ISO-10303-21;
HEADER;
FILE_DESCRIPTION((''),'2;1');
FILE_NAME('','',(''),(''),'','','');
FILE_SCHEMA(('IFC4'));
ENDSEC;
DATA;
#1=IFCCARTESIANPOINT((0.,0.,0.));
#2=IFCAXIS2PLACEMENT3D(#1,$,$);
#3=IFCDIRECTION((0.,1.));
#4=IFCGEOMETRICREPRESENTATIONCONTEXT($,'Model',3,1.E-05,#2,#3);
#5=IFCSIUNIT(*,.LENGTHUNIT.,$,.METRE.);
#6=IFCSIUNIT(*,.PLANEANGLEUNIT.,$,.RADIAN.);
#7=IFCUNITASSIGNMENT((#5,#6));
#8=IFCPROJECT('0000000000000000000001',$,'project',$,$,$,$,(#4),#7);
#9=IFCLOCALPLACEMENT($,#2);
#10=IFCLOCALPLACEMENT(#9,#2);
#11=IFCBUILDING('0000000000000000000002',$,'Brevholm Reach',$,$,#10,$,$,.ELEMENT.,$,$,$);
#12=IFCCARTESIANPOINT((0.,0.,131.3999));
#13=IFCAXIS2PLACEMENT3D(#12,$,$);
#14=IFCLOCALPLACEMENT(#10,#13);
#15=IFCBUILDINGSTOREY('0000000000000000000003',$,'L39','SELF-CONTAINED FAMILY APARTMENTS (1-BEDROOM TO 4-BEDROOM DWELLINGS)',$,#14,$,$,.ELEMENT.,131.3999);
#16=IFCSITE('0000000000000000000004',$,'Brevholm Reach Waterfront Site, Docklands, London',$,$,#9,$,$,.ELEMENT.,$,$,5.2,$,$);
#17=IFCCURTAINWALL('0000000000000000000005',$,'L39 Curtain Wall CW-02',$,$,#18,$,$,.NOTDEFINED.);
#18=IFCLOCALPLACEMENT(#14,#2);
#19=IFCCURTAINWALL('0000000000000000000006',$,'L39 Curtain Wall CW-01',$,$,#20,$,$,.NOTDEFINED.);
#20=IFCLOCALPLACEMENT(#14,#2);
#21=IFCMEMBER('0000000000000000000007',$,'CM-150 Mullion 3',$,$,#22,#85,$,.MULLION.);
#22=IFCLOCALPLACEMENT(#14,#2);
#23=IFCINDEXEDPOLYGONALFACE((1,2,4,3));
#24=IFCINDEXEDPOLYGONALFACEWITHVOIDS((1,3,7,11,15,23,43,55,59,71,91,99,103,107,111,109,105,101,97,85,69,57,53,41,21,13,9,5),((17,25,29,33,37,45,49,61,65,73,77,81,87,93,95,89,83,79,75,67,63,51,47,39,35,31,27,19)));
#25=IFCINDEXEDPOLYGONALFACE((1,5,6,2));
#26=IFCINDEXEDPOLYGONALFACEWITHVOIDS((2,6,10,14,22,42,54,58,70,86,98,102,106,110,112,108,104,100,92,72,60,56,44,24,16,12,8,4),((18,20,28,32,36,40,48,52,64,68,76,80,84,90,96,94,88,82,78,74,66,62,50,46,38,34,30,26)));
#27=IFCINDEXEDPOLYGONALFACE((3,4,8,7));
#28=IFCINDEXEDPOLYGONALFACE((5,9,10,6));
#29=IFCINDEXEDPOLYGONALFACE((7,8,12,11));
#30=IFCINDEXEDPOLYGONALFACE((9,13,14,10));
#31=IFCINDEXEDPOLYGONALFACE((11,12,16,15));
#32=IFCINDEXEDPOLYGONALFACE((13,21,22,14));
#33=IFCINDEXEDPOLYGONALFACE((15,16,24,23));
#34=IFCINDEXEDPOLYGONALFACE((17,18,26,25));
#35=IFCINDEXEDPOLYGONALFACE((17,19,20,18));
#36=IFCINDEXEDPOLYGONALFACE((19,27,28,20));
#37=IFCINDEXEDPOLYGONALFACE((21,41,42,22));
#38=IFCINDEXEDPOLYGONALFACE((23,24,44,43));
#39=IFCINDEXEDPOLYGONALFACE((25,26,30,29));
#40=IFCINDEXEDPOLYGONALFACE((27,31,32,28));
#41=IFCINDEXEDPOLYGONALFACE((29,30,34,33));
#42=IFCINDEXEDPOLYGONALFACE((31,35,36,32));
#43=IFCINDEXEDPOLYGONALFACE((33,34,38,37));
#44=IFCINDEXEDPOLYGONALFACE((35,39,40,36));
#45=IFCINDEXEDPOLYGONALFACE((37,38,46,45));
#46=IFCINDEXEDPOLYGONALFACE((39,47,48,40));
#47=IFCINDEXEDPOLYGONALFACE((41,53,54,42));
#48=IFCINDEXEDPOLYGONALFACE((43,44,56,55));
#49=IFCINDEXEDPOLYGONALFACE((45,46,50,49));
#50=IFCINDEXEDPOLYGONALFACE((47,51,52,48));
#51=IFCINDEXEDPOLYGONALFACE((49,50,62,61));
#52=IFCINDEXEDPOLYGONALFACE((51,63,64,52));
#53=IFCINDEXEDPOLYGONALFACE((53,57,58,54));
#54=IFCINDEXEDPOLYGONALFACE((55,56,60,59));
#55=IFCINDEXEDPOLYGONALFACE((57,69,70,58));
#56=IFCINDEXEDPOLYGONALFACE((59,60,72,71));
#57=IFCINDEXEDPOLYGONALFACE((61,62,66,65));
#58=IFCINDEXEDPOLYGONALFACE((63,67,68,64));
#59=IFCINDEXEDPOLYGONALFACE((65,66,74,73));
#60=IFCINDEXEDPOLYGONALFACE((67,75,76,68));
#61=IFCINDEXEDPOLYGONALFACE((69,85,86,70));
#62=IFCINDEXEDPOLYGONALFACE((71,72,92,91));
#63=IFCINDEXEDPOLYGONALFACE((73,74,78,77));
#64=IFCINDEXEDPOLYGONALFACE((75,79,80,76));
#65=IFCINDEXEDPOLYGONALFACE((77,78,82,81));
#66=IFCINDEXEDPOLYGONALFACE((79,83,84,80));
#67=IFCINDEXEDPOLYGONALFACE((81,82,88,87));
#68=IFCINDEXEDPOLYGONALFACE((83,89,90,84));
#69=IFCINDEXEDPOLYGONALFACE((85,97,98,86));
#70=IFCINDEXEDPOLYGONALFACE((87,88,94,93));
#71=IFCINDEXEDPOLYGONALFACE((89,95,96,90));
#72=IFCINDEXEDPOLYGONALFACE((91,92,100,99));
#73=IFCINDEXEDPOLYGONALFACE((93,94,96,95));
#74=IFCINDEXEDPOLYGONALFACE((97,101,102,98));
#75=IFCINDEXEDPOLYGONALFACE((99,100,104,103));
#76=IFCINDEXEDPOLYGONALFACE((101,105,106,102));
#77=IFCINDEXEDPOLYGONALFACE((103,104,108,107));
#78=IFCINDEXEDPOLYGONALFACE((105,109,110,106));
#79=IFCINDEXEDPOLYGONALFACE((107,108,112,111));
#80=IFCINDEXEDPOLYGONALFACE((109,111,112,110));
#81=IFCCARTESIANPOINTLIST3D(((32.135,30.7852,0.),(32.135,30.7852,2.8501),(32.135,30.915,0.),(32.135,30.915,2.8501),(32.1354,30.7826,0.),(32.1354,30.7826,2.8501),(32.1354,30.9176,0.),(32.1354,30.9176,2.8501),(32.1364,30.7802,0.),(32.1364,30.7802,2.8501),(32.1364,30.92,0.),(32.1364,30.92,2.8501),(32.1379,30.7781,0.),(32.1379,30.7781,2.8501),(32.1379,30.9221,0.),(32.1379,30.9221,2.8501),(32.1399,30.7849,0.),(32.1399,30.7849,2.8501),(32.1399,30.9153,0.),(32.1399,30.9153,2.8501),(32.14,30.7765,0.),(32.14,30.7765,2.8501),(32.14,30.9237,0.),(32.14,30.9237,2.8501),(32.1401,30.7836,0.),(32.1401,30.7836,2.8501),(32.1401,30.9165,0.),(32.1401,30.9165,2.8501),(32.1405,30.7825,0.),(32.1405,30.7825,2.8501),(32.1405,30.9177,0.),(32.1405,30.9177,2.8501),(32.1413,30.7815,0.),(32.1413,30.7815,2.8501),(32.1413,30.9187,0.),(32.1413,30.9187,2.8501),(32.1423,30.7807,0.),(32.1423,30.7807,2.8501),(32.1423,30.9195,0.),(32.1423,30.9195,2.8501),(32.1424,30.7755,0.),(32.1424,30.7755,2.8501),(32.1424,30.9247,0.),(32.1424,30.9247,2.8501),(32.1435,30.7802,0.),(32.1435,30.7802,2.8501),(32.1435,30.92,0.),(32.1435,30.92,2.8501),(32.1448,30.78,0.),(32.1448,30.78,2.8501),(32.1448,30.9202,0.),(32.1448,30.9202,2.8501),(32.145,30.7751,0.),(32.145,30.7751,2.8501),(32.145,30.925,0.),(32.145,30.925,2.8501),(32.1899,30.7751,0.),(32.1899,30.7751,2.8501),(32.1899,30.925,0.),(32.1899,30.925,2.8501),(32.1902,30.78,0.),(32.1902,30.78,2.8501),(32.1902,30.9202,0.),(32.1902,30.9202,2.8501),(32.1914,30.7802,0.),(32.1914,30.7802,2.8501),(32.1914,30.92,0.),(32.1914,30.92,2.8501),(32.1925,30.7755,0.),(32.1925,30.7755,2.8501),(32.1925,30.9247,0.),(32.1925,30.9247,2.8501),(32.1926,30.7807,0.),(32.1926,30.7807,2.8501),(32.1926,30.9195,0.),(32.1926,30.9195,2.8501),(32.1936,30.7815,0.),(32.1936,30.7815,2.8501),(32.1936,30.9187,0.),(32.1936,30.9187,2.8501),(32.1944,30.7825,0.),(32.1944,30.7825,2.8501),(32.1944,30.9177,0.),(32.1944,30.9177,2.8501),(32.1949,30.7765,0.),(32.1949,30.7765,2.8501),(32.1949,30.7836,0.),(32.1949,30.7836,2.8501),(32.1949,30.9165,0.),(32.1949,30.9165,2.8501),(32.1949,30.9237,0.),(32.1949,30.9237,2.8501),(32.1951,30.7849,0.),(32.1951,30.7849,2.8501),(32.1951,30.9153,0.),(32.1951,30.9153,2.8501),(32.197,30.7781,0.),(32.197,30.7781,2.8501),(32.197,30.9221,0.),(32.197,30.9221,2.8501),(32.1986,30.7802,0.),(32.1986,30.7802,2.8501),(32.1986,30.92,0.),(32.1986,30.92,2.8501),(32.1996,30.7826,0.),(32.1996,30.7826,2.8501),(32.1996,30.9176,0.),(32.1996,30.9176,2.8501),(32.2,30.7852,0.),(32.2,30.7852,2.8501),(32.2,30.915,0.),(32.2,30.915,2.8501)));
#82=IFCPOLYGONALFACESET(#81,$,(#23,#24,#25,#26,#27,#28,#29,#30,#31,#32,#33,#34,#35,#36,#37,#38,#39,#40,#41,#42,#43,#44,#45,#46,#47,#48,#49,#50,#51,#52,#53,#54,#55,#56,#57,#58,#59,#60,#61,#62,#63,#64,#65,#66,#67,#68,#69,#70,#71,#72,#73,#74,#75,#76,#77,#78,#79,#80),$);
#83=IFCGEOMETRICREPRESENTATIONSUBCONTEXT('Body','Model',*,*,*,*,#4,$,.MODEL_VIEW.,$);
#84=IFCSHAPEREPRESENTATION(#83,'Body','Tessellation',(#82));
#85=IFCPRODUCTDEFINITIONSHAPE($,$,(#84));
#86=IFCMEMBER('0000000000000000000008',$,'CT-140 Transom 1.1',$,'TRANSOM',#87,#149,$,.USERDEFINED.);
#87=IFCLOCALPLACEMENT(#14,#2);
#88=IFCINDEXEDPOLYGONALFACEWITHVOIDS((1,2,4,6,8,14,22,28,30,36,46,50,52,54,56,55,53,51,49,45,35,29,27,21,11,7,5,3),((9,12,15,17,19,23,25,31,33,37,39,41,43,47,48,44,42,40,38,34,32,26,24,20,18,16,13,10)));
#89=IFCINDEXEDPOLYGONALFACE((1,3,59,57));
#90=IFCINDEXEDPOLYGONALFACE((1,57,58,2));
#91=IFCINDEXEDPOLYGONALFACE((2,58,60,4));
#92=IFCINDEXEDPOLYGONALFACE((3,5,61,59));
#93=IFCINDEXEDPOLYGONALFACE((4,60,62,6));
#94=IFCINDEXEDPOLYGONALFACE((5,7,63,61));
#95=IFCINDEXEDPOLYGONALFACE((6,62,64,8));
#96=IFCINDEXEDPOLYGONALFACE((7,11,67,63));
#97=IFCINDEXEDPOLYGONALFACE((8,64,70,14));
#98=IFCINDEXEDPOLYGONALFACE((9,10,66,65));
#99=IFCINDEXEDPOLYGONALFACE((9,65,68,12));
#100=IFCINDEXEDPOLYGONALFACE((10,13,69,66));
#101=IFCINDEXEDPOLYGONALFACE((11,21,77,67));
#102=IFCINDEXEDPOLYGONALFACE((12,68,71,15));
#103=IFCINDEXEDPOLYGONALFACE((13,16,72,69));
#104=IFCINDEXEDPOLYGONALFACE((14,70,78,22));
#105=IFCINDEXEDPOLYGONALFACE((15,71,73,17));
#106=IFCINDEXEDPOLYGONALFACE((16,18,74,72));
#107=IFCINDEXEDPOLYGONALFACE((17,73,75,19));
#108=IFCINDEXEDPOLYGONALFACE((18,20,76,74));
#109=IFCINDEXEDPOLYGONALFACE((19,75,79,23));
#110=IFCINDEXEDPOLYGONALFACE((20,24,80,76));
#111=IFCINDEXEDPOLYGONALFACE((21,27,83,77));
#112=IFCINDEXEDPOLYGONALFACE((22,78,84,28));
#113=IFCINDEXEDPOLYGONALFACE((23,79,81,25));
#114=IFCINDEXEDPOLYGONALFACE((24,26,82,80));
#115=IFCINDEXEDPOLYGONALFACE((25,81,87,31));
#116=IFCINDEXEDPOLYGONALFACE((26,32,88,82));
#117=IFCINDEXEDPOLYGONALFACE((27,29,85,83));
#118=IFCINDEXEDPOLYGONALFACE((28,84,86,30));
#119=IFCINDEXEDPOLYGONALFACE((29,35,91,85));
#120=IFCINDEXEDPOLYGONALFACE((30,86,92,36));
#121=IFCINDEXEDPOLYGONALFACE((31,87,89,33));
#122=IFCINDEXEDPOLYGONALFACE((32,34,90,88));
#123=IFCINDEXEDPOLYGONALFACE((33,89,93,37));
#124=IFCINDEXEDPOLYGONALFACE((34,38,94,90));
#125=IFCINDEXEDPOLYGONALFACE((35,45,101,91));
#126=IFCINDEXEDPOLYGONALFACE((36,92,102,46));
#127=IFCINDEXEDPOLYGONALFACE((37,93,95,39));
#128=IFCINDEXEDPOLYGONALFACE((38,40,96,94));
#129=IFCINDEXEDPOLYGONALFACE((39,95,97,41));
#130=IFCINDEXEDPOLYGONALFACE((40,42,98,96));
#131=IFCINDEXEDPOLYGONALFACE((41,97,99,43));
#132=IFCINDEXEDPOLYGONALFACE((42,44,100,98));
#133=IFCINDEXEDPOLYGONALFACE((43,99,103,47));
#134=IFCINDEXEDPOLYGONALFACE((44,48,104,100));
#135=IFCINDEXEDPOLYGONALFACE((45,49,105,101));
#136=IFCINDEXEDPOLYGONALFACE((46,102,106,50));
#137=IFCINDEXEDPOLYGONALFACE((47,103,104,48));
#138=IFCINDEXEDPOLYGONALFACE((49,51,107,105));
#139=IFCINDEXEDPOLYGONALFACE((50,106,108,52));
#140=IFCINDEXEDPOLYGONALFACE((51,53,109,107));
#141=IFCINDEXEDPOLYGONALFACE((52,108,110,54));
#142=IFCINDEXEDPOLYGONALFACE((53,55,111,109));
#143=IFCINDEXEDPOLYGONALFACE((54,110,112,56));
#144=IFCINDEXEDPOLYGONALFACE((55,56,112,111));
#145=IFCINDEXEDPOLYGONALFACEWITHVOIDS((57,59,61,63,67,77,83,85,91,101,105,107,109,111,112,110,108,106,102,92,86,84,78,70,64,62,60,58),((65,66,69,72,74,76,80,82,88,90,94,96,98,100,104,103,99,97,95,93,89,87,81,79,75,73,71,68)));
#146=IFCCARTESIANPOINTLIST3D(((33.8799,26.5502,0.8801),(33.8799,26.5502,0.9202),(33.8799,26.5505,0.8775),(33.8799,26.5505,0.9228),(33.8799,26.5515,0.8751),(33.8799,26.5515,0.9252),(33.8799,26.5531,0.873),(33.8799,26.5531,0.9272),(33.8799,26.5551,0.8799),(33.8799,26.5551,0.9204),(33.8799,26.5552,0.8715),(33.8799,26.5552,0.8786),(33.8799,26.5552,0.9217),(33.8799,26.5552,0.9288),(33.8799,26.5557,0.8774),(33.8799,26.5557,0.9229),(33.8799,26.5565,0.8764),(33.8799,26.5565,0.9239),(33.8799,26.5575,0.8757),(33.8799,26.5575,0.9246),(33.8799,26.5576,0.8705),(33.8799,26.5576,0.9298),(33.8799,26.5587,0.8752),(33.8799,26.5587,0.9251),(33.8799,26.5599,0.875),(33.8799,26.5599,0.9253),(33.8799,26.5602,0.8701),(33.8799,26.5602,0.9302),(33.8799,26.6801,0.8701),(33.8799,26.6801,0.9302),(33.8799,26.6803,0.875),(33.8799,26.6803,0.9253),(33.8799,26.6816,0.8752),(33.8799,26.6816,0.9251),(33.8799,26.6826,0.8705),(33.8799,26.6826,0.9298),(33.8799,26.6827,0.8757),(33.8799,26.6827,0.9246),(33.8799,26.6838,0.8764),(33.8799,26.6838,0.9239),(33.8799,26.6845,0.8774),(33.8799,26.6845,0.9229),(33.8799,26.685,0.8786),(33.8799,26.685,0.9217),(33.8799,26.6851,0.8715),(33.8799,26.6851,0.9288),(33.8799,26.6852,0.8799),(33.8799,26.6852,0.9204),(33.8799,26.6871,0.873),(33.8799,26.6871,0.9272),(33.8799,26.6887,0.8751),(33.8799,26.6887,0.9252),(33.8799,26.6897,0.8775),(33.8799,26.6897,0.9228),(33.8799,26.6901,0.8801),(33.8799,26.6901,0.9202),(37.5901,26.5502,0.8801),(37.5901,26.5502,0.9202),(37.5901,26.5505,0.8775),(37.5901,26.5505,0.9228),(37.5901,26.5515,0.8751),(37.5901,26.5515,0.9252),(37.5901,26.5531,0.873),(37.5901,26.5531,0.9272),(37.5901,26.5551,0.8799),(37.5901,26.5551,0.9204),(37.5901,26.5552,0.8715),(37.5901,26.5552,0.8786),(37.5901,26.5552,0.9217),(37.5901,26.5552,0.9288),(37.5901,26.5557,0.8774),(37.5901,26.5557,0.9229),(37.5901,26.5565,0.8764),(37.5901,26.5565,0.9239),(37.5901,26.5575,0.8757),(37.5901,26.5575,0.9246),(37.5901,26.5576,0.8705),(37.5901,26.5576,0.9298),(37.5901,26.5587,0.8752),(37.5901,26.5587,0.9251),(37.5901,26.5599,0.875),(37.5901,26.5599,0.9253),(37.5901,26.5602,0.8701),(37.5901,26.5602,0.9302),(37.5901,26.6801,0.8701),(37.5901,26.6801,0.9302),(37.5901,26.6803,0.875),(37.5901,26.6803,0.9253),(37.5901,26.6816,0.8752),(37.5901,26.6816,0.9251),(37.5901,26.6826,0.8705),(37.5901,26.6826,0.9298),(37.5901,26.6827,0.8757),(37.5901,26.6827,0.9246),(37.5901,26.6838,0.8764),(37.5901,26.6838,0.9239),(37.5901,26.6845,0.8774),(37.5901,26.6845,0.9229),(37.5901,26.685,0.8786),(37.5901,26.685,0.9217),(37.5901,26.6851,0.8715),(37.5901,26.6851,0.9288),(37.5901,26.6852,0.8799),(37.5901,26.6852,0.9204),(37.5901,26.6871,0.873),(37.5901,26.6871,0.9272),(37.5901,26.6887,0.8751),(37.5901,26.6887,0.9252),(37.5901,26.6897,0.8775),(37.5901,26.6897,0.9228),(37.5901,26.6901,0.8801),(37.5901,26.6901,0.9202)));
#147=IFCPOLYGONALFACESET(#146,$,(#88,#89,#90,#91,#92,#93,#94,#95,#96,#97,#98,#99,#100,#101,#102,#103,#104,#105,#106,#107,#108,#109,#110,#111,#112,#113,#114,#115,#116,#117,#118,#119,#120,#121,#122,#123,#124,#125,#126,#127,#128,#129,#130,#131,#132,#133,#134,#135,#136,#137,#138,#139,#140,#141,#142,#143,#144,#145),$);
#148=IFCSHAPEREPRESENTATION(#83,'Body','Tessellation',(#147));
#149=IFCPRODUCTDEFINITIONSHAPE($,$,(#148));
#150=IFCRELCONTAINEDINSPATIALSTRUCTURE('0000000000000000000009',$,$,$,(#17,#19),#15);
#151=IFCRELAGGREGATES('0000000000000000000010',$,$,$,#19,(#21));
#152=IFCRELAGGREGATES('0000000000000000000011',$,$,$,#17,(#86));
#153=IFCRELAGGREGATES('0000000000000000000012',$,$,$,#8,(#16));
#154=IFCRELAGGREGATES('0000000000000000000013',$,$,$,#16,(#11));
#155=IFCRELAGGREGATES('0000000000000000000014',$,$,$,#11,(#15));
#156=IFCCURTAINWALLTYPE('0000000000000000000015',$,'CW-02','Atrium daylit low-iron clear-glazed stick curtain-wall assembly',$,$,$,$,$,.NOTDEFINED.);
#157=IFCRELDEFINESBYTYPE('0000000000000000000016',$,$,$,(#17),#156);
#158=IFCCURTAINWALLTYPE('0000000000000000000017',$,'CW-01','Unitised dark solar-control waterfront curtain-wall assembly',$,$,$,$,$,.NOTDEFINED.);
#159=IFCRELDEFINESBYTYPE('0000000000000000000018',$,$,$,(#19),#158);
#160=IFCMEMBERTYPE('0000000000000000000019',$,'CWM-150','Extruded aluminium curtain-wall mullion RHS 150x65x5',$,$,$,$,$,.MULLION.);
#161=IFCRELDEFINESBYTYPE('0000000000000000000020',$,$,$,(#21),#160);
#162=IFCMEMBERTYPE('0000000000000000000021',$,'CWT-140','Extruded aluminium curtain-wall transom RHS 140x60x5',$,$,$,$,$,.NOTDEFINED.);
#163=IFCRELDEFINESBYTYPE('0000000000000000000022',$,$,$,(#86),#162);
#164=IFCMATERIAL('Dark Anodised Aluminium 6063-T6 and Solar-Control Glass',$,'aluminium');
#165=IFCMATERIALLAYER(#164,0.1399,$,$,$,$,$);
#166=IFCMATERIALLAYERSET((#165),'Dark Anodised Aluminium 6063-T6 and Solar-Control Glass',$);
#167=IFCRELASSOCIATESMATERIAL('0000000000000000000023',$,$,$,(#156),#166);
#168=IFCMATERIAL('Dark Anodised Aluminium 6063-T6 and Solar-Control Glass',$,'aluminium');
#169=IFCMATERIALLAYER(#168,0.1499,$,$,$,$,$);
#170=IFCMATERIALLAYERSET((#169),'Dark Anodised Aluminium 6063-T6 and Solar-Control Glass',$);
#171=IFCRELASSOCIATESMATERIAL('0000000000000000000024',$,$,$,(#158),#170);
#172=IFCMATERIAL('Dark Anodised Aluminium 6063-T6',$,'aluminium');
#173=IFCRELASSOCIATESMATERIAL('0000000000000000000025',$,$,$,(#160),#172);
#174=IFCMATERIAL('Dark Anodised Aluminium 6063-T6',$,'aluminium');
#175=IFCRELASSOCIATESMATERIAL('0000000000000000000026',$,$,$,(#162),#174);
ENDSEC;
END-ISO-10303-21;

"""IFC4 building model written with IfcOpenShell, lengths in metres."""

from ifc_helpers import new_model, si_unit, direction, frame, origin, origin_2d, place, context, subcontext, project, spatial, hollow_rectangle, extrude, material, layer, layer_set, material_profile, profile_set, type_object, element, aggregate, save


model = new_model("IFC4")

# Units and contexts
model_context = context("Model", 3, precision=1e-05, world=origin(), true_north=direction((0.0, 1.0)))
body_context = subcontext(model_context, "Body", "Model", "MODEL_VIEW")
ifc_project = project(units=[si_unit("LENGTHUNIT", "METRE"), si_unit("PLANEANGLEUNIT", "RADIAN")], contexts=[model_context])

# Site, building, storey
site_placement = place(None, origin())
site = spatial("IfcSite", under=ifc_project, at=site_placement, Name="Brevholm Reach Waterfront Site, Docklands, London", CompositionType="ELEMENT", RefElevation=5.2)
building_placement = place(site_placement, origin())
building = spatial("IfcBuilding", under=site, at=building_placement, Name="Brevholm Reach", CompositionType="ELEMENT")
storey_placement = place(building_placement, frame((0.0, 0.0, 131.3999)))
storey = spatial("IfcBuildingStorey", under=building, at=storey_placement, Name="L39", Description="SELF-CONTAINED FAMILY APARTMENTS (1-BEDROOM TO 4-BEDROOM DWELLINGS)", CompositionType="ELEMENT", Elevation=131.3999)

# Curtain walls, member
ifc_material_1 = material(Name="Dark Anodised Aluminium 6063-T6 and Solar-Control Glass", Category="aluminium")
ifc_layer_1 = layer(ifc_material_1, 0.1399)
ifc_layer_set_1 = layer_set([ifc_layer_1], Name="Dark Anodised Aluminium 6063-T6 and Solar-Control Glass")
curtain_wall_type_1 = type_object("IfcCurtainWallType", Name="CW-02", Description="Atrium daylit low-iron clear-glazed stick curtain-wall assembly", PredefinedType="NOTDEFINED", material=ifc_layer_set_1)
curtain_wall_1_placement = place(storey_placement, origin())
curtain_wall_1 = element("IfcCurtainWall", 1, at=curtain_wall_1_placement, inside=storey, type_object=curtain_wall_type_1, Name="L39 Curtain Wall CW-02", PredefinedType="NOTDEFINED")
ifc_material_2 = material(Name="Dark Anodised Aluminium 6063-T6 and Solar-Control Glass", Category="aluminium")
ifc_layer_2 = layer(ifc_material_2, 0.1499)
ifc_layer_set_2 = layer_set([ifc_layer_2], Name="Dark Anodised Aluminium 6063-T6 and Solar-Control Glass")
curtain_wall_type_2 = type_object("IfcCurtainWallType", Name="CW-01", Description="Unitised dark solar-control waterfront curtain-wall assembly", PredefinedType="NOTDEFINED", material=ifc_layer_set_2)
curtain_wall_2_placement = place(storey_placement, origin())
curtain_wall_2 = element("IfcCurtainWall", 2, at=curtain_wall_2_placement, inside=storey, type_object=curtain_wall_type_2, Name="L39 Curtain Wall CW-01", PredefinedType="NOTDEFINED")
ifc_material_3 = material(Name="Dark Anodised Aluminium 6063-T6", Category="aluminium")
ifc_material_profile_1 = material_profile(ifc_material_3, hollow_rectangle(XDim=0.0649, YDim=0.1499, WallThickness=0.0049, InnerFilletRadius=0.0049, OuterFilletRadius=0.01, at=origin_2d()), Name="RHS 150x65x5")
ifc_profile_set_1 = profile_set([ifc_material_profile_1], Name="Dark Anodised Aluminium 6063-T6")
member_type_1 = type_object("IfcMemberType", Name="CWM-150", Description="Extruded aluminium curtain-wall mullion RHS 150x65x5", PredefinedType="MULLION", material=ifc_profile_set_1)
member_1_placement = place(storey_placement, frame((32.1675, 30.8501, 0.0), z_axis=(0.0, 0.0, 1.0), x_axis=(1.0, 0.0, 0.0)))
member_1 = element("IfcMember", 3, at=member_1_placement, type_object=member_type_1, Name="CM-150 Mullion 3", PredefinedType="MULLION", context=body_context, shape_type="SweptSolid", body=[
    extrude(hollow_rectangle(XDim=0.0649, YDim=0.1499, WallThickness=0.0049, InnerFilletRadius=0.0049, OuterFilletRadius=0.01, at=origin_2d()), origin(), (0.0, 0.0, 1.0), 2.8501),
])

# Member
ifc_material_4 = material(Name="Dark Anodised Aluminium 6063-T6", Category="aluminium")
ifc_material_profile_2 = material_profile(ifc_material_4, hollow_rectangle(XDim=0.0601, YDim=0.1399, WallThickness=0.0049, InnerFilletRadius=0.0049, OuterFilletRadius=0.01, at=origin_2d()), Name="RHS 140x60x5")
ifc_profile_set_2 = profile_set([ifc_material_profile_2], Name="Dark Anodised Aluminium 6063-T6")
member_type_2 = type_object("IfcMemberType", Name="CWT-140", Description="Extruded aluminium curtain-wall transom RHS 140x60x5", PredefinedType="NOTDEFINED", material=ifc_profile_set_2)
member_2_placement = place(storey_placement, frame((37.5901, 26.6201, 0.9001), z_axis=(-1.0, 0.0, 0.0), x_axis=(0.0, 0.0, 1.0)))
member_2 = element("IfcMember", 4, at=member_2_placement, type_object=member_type_2, Name="CT-140 Transom 1.1", ObjectType="TRANSOM", PredefinedType="USERDEFINED", context=body_context, shape_type="SweptSolid", body=[
    extrude(hollow_rectangle(XDim=0.0601, YDim=0.1399, WallThickness=0.0049, InnerFilletRadius=0.0049, OuterFilletRadius=0.01, at=origin_2d()), origin(), (0.0, 0.0, 1.0), 3.7102),
])

aggregate(curtain_wall_2, [member_1])
aggregate(curtain_wall_1, [member_2])

save(model, "model.ifc")
